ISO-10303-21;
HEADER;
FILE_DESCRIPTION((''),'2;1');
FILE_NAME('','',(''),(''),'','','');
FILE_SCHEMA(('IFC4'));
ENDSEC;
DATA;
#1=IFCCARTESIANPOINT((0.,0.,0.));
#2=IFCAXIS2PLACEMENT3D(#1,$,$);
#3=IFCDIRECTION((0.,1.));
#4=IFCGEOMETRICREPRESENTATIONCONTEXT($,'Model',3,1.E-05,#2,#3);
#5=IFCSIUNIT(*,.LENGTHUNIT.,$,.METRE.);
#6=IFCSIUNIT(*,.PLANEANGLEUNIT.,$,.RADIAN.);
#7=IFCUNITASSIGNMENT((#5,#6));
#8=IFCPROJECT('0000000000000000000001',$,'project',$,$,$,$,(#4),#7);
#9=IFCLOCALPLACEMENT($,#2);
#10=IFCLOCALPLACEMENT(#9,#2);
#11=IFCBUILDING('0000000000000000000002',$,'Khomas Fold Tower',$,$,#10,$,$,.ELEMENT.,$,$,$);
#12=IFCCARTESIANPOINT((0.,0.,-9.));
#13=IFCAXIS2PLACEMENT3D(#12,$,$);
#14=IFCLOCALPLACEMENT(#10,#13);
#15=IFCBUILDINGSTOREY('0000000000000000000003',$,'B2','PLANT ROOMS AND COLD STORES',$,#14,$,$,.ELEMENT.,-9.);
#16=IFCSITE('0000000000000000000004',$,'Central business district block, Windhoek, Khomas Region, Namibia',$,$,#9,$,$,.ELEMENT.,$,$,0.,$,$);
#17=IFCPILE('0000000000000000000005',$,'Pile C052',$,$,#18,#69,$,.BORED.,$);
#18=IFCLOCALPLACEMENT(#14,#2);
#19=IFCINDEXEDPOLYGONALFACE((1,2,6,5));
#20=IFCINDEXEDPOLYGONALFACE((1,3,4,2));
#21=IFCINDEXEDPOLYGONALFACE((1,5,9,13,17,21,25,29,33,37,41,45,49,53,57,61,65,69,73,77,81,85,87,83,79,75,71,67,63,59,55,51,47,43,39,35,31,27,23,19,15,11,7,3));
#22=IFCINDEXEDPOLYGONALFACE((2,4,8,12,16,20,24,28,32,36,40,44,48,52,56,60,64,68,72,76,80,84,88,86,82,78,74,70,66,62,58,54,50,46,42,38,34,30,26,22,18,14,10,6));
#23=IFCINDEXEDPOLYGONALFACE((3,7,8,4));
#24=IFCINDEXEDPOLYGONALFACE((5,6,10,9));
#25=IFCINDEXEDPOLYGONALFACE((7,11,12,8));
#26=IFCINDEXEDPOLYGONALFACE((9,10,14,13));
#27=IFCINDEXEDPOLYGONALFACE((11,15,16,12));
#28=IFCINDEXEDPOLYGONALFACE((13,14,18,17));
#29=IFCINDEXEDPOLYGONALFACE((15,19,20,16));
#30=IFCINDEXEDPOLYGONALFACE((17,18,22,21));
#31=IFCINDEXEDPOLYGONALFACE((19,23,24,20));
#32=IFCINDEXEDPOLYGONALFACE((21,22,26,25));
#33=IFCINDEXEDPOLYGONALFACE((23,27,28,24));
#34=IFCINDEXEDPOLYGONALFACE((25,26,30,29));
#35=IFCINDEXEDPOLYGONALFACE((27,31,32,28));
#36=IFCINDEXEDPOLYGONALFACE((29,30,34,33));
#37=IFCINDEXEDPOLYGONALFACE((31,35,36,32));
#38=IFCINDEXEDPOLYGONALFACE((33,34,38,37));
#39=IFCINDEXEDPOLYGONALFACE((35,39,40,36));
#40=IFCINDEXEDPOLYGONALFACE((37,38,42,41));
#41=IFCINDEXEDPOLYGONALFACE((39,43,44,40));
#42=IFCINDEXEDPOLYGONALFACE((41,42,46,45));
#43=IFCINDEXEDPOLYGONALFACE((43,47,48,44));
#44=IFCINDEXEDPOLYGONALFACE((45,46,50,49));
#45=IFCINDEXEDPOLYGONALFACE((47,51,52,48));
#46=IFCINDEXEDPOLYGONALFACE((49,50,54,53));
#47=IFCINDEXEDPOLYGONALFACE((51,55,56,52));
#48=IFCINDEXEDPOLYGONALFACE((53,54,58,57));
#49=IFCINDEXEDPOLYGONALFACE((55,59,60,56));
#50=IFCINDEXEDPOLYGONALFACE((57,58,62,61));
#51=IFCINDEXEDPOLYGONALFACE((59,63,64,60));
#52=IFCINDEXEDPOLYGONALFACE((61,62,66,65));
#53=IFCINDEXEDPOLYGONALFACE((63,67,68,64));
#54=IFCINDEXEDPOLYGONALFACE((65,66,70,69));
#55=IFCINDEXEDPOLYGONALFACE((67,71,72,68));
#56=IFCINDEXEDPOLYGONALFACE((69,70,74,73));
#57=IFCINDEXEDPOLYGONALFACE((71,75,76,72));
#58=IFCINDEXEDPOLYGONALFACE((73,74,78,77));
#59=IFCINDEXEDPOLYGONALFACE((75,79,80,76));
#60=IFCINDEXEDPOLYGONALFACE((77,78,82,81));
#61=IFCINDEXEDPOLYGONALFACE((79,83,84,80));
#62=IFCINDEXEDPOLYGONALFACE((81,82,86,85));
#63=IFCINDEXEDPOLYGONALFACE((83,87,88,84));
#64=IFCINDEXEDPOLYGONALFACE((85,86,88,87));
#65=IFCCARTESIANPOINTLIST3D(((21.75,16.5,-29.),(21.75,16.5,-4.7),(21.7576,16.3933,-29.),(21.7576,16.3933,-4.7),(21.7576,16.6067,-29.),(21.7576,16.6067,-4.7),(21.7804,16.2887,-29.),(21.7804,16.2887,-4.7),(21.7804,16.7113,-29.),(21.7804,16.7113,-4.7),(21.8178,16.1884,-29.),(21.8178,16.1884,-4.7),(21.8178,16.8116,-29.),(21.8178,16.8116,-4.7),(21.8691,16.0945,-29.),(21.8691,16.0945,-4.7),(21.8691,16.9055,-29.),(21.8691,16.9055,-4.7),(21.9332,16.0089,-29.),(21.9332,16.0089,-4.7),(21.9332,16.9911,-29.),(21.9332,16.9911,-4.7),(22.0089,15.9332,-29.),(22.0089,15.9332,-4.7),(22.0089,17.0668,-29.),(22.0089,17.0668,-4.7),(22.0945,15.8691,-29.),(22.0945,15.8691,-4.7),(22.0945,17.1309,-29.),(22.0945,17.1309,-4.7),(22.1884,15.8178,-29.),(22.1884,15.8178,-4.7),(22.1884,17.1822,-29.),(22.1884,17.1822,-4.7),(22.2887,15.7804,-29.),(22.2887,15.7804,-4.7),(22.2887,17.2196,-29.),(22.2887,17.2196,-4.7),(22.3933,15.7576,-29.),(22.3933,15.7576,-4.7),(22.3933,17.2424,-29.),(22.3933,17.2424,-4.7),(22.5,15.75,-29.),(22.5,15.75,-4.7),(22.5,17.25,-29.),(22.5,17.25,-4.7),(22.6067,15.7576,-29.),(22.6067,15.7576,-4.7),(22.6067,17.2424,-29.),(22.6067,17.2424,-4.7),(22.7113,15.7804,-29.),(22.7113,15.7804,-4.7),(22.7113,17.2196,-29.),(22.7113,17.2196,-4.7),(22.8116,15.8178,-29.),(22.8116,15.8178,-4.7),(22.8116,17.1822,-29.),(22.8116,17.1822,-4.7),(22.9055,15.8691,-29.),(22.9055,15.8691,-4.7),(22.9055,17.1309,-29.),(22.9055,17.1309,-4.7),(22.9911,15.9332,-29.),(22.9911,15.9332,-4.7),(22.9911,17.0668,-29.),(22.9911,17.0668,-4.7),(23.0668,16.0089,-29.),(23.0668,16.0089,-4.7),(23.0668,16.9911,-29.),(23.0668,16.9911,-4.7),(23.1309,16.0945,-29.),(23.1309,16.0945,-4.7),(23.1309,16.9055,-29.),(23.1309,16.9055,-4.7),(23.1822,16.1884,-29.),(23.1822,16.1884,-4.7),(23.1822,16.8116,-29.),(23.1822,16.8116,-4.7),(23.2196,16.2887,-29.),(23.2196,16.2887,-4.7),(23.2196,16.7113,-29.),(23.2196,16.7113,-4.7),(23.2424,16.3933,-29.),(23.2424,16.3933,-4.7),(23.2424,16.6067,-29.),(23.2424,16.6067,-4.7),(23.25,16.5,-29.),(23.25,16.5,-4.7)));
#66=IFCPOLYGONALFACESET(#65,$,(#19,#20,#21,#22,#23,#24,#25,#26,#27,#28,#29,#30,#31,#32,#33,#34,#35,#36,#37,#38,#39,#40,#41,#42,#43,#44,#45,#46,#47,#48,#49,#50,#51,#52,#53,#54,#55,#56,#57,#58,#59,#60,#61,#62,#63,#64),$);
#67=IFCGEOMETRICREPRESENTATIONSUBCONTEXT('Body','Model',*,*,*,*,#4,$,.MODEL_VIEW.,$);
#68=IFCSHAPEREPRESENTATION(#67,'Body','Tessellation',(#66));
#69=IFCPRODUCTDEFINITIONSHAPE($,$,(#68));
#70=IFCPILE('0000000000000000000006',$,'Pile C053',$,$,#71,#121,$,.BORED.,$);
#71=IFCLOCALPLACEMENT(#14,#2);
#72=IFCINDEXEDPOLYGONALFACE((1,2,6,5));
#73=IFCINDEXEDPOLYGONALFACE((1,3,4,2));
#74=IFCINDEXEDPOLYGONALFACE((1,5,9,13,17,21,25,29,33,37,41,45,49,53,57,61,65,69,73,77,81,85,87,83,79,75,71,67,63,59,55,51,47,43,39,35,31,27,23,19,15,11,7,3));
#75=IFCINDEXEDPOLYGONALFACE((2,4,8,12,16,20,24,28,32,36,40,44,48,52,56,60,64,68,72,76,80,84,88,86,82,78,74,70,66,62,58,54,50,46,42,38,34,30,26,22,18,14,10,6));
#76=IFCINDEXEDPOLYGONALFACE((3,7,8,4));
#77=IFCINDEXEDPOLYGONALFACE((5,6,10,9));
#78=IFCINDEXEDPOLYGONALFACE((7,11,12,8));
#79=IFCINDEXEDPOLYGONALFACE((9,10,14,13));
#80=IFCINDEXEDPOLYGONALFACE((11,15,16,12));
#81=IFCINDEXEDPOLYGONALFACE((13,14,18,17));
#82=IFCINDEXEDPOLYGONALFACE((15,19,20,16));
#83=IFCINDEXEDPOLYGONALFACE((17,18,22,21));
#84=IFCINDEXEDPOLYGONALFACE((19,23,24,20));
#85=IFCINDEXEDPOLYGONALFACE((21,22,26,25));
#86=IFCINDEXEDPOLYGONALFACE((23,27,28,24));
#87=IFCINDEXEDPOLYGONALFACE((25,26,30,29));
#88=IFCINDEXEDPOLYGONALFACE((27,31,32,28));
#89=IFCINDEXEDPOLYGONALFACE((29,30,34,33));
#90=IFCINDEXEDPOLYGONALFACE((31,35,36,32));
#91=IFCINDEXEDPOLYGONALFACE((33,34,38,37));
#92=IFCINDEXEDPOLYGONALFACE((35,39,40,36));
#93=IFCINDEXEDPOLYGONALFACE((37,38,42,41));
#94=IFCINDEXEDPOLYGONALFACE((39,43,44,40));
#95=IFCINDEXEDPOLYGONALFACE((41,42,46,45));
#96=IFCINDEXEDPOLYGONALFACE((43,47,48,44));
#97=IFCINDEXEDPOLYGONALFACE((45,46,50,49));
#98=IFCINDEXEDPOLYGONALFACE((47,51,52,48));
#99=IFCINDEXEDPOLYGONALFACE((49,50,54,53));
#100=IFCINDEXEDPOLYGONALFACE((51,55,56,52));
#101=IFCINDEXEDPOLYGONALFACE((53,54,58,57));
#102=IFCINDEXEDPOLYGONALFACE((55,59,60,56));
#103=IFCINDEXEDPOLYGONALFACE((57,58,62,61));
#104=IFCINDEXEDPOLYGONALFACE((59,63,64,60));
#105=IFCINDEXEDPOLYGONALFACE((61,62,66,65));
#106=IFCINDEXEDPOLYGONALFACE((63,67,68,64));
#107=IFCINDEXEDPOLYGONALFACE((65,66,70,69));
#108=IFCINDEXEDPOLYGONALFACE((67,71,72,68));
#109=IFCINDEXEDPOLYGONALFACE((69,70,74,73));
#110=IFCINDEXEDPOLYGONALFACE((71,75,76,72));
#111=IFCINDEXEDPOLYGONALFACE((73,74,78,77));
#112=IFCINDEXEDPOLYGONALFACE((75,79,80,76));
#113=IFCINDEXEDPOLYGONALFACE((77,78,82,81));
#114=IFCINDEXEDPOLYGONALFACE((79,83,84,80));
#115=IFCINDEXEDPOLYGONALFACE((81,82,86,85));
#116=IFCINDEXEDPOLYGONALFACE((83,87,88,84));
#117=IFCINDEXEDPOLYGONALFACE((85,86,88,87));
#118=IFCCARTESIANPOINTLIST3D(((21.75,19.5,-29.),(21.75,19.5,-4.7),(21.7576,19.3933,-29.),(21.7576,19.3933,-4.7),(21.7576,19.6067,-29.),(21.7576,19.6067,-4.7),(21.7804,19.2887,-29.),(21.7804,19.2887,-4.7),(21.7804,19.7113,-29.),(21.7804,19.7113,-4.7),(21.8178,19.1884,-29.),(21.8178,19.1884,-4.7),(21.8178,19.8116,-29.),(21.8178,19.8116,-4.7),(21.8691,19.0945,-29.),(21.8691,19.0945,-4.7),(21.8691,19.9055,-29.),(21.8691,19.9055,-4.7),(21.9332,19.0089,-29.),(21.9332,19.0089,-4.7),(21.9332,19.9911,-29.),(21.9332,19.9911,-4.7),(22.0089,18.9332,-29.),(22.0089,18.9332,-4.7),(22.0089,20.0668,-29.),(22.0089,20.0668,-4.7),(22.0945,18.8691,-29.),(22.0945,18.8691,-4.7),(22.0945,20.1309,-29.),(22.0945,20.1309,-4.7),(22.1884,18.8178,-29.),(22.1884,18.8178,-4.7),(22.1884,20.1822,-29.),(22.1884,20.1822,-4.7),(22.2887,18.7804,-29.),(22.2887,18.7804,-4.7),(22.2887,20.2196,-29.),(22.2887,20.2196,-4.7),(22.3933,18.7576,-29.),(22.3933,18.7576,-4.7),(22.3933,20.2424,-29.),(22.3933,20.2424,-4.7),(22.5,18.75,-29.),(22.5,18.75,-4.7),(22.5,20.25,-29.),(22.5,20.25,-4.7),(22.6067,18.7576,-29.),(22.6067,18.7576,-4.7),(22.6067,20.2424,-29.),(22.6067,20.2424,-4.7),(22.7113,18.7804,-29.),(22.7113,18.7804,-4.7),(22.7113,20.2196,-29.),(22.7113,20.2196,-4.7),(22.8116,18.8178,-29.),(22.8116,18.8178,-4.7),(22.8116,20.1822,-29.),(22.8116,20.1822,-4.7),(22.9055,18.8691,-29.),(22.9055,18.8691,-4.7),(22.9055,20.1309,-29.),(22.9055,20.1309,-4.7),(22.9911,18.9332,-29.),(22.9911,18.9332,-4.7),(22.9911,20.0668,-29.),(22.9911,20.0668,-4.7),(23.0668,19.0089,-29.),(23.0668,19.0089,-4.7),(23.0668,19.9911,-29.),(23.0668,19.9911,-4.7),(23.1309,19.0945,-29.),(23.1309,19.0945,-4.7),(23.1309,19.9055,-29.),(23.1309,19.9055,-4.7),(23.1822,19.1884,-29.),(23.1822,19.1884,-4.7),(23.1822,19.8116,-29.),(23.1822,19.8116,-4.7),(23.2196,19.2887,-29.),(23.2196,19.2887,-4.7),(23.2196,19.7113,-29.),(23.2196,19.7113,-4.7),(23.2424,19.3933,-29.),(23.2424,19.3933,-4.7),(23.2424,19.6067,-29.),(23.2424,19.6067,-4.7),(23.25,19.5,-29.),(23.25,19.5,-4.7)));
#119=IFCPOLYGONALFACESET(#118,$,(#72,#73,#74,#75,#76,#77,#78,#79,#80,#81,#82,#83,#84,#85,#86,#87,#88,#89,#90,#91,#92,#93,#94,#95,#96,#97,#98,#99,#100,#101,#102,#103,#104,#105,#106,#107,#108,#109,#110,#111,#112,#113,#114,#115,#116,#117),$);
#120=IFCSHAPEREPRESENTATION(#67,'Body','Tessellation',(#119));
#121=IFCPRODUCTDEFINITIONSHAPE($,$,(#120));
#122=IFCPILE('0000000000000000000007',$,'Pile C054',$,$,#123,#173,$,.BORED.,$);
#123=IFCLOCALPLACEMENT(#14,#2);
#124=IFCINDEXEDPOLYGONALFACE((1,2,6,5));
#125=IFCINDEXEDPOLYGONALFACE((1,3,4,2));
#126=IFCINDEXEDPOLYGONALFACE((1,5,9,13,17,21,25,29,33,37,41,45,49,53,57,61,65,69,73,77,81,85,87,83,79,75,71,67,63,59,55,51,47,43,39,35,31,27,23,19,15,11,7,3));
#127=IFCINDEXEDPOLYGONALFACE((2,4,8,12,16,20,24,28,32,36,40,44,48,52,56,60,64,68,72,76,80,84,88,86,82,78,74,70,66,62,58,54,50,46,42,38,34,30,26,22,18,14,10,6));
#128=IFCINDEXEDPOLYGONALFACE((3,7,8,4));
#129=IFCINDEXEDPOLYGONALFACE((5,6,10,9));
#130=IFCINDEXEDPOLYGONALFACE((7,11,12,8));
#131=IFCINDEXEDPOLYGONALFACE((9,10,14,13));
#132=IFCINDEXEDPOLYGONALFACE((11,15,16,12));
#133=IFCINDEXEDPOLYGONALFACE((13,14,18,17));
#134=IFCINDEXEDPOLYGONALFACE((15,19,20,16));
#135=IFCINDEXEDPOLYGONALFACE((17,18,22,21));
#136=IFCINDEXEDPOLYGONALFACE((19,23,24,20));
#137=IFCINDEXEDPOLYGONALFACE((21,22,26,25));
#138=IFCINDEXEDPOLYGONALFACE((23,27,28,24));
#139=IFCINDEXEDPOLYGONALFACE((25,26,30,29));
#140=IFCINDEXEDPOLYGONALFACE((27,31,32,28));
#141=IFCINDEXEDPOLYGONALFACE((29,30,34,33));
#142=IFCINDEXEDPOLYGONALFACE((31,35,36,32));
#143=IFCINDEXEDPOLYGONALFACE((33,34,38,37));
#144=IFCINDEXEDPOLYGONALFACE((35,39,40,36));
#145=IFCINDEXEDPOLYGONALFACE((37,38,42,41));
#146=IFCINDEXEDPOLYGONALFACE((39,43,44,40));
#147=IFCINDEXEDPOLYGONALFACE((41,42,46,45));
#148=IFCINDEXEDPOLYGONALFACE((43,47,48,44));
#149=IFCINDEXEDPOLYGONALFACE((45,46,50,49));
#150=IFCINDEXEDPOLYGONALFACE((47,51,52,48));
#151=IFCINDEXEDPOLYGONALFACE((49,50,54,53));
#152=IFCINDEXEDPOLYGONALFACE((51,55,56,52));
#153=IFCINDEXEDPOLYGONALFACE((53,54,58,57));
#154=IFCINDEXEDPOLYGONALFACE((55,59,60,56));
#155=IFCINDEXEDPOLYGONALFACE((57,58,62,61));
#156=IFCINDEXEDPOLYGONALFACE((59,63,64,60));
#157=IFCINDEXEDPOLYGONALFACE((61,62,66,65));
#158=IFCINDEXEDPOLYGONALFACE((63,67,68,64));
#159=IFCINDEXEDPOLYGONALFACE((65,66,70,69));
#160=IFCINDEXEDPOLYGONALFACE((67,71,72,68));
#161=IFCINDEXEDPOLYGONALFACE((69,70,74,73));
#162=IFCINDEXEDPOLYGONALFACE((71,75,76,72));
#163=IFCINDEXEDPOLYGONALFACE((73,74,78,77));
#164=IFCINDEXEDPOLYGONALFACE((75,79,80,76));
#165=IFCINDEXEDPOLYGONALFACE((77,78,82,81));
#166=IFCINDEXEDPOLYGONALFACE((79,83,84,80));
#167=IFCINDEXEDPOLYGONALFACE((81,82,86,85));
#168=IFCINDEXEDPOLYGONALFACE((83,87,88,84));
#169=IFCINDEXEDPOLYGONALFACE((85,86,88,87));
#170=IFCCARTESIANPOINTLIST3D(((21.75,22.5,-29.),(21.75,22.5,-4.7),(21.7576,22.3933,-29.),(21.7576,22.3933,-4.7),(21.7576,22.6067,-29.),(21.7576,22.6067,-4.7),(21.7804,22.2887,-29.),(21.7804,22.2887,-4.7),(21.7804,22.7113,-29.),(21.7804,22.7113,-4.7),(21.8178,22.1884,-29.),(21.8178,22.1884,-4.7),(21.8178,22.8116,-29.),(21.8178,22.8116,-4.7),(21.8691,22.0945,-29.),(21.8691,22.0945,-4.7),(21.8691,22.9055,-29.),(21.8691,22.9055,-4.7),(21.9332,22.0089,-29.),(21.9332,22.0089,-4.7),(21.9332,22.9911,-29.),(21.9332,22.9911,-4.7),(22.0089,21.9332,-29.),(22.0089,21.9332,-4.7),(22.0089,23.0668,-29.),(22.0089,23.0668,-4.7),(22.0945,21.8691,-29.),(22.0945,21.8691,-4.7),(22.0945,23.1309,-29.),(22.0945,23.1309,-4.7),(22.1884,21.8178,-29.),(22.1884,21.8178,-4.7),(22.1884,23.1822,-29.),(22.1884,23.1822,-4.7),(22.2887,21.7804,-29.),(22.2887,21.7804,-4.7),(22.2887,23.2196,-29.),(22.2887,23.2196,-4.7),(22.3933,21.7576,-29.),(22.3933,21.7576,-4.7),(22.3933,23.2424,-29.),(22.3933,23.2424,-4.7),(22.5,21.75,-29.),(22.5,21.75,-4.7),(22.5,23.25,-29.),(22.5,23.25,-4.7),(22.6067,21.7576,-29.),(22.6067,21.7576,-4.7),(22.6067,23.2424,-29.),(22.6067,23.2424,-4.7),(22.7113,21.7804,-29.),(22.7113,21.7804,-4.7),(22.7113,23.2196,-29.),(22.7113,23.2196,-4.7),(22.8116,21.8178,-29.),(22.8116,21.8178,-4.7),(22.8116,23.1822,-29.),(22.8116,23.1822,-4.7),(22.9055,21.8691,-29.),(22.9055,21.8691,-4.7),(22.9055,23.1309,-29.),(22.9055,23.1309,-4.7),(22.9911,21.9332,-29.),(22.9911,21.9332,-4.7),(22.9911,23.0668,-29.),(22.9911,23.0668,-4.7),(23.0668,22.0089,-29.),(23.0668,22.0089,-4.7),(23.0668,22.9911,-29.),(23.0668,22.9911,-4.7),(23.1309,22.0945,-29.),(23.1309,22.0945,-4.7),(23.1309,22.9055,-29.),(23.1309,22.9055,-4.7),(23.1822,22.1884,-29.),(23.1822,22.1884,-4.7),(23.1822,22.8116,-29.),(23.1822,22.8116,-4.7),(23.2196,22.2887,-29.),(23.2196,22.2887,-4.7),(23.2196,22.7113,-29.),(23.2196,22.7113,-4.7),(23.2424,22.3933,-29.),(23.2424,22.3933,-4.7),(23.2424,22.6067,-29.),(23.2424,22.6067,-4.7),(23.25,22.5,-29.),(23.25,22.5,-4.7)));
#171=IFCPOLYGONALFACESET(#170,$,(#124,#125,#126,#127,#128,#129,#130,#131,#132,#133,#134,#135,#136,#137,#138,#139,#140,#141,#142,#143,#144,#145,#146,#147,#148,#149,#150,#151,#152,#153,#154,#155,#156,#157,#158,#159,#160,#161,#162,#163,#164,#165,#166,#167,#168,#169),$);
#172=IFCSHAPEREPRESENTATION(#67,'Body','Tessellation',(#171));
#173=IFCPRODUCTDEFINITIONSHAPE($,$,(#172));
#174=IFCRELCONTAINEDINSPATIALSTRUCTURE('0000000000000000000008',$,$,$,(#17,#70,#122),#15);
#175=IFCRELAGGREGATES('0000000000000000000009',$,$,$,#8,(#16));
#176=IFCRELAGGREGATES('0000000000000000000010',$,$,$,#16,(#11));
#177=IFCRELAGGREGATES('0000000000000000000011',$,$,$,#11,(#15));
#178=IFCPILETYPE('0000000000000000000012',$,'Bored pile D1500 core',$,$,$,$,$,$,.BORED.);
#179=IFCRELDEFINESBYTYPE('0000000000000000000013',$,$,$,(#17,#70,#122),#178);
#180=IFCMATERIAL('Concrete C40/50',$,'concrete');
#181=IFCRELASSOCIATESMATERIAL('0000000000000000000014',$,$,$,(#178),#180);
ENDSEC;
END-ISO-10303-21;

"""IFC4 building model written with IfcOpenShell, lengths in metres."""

from ifc_helpers import new_model, si_unit, direction, frame, origin, origin_2d, place, context, subcontext, project, spatial, circle, extrude, source, transform, mapped, material, material_profile, profile_set, type_object, element, save


model = new_model("IFC4")

# Units and contexts
model_context = context("Model", 3, precision=1e-05, world=origin(), true_north=direction((0.0, 1.0)))
body_context = subcontext(model_context, "Body", "Model", "MODEL_VIEW")
ifc_project = project(units=[si_unit("LENGTHUNIT", "METRE"), si_unit("PLANEANGLEUNIT", "RADIAN")], contexts=[model_context])

# Site, building, storey
site_placement = place(None, origin())
site = spatial("IfcSite", under=ifc_project, at=site_placement, Name="Central business district block, Windhoek, Khomas Region, Namibia", CompositionType="ELEMENT", RefElevation=0.0)
building_placement = place(site_placement, origin())
building = spatial("IfcBuilding", under=site, at=building_placement, Name="Khomas Fold Tower", CompositionType="ELEMENT")
storey_placement = place(building_placement, frame((0.0, 0.0, -9.0)))
storey = spatial("IfcBuildingStorey", under=building, at=storey_placement, Name="B2", Description="PLANT ROOMS AND COLD STORES", CompositionType="ELEMENT", Elevation=-9.0)

# Piles
ifc_material_1 = material(Name="Concrete C40/50", Category="concrete")
ifc_material_profile_1 = material_profile(ifc_material_1, circle(Radius=0.75, at=origin_2d()), Name="PILE D1500")
ifc_profile_set_1 = profile_set([ifc_material_profile_1], Name="Concrete C40/50")
pile_type_1 = type_object("IfcPileType", Name="Bored pile D1500 core", PredefinedType="BORED", material=ifc_profile_set_1)
shared_shape_1 = source(origin(), body_context, "Body", "SweptSolid", [
    extrude(circle(Radius=0.75, at=origin_2d()), origin(), (0.0, 0.0, 1.0), 24.3),
])
for number, where, z_axis, x_axis, name in (
    (1, (22.5, 16.5, -4.7), (0.0, 0.0, -1.0), (1.0, 0.0, 0.0), "Pile C052"),
    (2, (22.5, 19.5, -4.7), (0.0, 0.0, -1.0), (1.0, 0.0, 0.0), "Pile C053"),
    (3, (22.5, 22.5, -4.7), (0.0, 0.0, -1.0), (1.0, 0.0, 0.0), "Pile C054"),
):
    element("IfcPile", number, at=place(storey_placement, frame(where, z_axis=z_axis, x_axis=x_axis)), inside=storey, type_object=pile_type_1, Name=name, PredefinedType="BORED", context=body_context, shape_type="MappedRepresentation", body=[
        mapped(shared_shape_1, transform((0.0, 0.0, 0.0))),
    ])

save(model, "model.ifc")
